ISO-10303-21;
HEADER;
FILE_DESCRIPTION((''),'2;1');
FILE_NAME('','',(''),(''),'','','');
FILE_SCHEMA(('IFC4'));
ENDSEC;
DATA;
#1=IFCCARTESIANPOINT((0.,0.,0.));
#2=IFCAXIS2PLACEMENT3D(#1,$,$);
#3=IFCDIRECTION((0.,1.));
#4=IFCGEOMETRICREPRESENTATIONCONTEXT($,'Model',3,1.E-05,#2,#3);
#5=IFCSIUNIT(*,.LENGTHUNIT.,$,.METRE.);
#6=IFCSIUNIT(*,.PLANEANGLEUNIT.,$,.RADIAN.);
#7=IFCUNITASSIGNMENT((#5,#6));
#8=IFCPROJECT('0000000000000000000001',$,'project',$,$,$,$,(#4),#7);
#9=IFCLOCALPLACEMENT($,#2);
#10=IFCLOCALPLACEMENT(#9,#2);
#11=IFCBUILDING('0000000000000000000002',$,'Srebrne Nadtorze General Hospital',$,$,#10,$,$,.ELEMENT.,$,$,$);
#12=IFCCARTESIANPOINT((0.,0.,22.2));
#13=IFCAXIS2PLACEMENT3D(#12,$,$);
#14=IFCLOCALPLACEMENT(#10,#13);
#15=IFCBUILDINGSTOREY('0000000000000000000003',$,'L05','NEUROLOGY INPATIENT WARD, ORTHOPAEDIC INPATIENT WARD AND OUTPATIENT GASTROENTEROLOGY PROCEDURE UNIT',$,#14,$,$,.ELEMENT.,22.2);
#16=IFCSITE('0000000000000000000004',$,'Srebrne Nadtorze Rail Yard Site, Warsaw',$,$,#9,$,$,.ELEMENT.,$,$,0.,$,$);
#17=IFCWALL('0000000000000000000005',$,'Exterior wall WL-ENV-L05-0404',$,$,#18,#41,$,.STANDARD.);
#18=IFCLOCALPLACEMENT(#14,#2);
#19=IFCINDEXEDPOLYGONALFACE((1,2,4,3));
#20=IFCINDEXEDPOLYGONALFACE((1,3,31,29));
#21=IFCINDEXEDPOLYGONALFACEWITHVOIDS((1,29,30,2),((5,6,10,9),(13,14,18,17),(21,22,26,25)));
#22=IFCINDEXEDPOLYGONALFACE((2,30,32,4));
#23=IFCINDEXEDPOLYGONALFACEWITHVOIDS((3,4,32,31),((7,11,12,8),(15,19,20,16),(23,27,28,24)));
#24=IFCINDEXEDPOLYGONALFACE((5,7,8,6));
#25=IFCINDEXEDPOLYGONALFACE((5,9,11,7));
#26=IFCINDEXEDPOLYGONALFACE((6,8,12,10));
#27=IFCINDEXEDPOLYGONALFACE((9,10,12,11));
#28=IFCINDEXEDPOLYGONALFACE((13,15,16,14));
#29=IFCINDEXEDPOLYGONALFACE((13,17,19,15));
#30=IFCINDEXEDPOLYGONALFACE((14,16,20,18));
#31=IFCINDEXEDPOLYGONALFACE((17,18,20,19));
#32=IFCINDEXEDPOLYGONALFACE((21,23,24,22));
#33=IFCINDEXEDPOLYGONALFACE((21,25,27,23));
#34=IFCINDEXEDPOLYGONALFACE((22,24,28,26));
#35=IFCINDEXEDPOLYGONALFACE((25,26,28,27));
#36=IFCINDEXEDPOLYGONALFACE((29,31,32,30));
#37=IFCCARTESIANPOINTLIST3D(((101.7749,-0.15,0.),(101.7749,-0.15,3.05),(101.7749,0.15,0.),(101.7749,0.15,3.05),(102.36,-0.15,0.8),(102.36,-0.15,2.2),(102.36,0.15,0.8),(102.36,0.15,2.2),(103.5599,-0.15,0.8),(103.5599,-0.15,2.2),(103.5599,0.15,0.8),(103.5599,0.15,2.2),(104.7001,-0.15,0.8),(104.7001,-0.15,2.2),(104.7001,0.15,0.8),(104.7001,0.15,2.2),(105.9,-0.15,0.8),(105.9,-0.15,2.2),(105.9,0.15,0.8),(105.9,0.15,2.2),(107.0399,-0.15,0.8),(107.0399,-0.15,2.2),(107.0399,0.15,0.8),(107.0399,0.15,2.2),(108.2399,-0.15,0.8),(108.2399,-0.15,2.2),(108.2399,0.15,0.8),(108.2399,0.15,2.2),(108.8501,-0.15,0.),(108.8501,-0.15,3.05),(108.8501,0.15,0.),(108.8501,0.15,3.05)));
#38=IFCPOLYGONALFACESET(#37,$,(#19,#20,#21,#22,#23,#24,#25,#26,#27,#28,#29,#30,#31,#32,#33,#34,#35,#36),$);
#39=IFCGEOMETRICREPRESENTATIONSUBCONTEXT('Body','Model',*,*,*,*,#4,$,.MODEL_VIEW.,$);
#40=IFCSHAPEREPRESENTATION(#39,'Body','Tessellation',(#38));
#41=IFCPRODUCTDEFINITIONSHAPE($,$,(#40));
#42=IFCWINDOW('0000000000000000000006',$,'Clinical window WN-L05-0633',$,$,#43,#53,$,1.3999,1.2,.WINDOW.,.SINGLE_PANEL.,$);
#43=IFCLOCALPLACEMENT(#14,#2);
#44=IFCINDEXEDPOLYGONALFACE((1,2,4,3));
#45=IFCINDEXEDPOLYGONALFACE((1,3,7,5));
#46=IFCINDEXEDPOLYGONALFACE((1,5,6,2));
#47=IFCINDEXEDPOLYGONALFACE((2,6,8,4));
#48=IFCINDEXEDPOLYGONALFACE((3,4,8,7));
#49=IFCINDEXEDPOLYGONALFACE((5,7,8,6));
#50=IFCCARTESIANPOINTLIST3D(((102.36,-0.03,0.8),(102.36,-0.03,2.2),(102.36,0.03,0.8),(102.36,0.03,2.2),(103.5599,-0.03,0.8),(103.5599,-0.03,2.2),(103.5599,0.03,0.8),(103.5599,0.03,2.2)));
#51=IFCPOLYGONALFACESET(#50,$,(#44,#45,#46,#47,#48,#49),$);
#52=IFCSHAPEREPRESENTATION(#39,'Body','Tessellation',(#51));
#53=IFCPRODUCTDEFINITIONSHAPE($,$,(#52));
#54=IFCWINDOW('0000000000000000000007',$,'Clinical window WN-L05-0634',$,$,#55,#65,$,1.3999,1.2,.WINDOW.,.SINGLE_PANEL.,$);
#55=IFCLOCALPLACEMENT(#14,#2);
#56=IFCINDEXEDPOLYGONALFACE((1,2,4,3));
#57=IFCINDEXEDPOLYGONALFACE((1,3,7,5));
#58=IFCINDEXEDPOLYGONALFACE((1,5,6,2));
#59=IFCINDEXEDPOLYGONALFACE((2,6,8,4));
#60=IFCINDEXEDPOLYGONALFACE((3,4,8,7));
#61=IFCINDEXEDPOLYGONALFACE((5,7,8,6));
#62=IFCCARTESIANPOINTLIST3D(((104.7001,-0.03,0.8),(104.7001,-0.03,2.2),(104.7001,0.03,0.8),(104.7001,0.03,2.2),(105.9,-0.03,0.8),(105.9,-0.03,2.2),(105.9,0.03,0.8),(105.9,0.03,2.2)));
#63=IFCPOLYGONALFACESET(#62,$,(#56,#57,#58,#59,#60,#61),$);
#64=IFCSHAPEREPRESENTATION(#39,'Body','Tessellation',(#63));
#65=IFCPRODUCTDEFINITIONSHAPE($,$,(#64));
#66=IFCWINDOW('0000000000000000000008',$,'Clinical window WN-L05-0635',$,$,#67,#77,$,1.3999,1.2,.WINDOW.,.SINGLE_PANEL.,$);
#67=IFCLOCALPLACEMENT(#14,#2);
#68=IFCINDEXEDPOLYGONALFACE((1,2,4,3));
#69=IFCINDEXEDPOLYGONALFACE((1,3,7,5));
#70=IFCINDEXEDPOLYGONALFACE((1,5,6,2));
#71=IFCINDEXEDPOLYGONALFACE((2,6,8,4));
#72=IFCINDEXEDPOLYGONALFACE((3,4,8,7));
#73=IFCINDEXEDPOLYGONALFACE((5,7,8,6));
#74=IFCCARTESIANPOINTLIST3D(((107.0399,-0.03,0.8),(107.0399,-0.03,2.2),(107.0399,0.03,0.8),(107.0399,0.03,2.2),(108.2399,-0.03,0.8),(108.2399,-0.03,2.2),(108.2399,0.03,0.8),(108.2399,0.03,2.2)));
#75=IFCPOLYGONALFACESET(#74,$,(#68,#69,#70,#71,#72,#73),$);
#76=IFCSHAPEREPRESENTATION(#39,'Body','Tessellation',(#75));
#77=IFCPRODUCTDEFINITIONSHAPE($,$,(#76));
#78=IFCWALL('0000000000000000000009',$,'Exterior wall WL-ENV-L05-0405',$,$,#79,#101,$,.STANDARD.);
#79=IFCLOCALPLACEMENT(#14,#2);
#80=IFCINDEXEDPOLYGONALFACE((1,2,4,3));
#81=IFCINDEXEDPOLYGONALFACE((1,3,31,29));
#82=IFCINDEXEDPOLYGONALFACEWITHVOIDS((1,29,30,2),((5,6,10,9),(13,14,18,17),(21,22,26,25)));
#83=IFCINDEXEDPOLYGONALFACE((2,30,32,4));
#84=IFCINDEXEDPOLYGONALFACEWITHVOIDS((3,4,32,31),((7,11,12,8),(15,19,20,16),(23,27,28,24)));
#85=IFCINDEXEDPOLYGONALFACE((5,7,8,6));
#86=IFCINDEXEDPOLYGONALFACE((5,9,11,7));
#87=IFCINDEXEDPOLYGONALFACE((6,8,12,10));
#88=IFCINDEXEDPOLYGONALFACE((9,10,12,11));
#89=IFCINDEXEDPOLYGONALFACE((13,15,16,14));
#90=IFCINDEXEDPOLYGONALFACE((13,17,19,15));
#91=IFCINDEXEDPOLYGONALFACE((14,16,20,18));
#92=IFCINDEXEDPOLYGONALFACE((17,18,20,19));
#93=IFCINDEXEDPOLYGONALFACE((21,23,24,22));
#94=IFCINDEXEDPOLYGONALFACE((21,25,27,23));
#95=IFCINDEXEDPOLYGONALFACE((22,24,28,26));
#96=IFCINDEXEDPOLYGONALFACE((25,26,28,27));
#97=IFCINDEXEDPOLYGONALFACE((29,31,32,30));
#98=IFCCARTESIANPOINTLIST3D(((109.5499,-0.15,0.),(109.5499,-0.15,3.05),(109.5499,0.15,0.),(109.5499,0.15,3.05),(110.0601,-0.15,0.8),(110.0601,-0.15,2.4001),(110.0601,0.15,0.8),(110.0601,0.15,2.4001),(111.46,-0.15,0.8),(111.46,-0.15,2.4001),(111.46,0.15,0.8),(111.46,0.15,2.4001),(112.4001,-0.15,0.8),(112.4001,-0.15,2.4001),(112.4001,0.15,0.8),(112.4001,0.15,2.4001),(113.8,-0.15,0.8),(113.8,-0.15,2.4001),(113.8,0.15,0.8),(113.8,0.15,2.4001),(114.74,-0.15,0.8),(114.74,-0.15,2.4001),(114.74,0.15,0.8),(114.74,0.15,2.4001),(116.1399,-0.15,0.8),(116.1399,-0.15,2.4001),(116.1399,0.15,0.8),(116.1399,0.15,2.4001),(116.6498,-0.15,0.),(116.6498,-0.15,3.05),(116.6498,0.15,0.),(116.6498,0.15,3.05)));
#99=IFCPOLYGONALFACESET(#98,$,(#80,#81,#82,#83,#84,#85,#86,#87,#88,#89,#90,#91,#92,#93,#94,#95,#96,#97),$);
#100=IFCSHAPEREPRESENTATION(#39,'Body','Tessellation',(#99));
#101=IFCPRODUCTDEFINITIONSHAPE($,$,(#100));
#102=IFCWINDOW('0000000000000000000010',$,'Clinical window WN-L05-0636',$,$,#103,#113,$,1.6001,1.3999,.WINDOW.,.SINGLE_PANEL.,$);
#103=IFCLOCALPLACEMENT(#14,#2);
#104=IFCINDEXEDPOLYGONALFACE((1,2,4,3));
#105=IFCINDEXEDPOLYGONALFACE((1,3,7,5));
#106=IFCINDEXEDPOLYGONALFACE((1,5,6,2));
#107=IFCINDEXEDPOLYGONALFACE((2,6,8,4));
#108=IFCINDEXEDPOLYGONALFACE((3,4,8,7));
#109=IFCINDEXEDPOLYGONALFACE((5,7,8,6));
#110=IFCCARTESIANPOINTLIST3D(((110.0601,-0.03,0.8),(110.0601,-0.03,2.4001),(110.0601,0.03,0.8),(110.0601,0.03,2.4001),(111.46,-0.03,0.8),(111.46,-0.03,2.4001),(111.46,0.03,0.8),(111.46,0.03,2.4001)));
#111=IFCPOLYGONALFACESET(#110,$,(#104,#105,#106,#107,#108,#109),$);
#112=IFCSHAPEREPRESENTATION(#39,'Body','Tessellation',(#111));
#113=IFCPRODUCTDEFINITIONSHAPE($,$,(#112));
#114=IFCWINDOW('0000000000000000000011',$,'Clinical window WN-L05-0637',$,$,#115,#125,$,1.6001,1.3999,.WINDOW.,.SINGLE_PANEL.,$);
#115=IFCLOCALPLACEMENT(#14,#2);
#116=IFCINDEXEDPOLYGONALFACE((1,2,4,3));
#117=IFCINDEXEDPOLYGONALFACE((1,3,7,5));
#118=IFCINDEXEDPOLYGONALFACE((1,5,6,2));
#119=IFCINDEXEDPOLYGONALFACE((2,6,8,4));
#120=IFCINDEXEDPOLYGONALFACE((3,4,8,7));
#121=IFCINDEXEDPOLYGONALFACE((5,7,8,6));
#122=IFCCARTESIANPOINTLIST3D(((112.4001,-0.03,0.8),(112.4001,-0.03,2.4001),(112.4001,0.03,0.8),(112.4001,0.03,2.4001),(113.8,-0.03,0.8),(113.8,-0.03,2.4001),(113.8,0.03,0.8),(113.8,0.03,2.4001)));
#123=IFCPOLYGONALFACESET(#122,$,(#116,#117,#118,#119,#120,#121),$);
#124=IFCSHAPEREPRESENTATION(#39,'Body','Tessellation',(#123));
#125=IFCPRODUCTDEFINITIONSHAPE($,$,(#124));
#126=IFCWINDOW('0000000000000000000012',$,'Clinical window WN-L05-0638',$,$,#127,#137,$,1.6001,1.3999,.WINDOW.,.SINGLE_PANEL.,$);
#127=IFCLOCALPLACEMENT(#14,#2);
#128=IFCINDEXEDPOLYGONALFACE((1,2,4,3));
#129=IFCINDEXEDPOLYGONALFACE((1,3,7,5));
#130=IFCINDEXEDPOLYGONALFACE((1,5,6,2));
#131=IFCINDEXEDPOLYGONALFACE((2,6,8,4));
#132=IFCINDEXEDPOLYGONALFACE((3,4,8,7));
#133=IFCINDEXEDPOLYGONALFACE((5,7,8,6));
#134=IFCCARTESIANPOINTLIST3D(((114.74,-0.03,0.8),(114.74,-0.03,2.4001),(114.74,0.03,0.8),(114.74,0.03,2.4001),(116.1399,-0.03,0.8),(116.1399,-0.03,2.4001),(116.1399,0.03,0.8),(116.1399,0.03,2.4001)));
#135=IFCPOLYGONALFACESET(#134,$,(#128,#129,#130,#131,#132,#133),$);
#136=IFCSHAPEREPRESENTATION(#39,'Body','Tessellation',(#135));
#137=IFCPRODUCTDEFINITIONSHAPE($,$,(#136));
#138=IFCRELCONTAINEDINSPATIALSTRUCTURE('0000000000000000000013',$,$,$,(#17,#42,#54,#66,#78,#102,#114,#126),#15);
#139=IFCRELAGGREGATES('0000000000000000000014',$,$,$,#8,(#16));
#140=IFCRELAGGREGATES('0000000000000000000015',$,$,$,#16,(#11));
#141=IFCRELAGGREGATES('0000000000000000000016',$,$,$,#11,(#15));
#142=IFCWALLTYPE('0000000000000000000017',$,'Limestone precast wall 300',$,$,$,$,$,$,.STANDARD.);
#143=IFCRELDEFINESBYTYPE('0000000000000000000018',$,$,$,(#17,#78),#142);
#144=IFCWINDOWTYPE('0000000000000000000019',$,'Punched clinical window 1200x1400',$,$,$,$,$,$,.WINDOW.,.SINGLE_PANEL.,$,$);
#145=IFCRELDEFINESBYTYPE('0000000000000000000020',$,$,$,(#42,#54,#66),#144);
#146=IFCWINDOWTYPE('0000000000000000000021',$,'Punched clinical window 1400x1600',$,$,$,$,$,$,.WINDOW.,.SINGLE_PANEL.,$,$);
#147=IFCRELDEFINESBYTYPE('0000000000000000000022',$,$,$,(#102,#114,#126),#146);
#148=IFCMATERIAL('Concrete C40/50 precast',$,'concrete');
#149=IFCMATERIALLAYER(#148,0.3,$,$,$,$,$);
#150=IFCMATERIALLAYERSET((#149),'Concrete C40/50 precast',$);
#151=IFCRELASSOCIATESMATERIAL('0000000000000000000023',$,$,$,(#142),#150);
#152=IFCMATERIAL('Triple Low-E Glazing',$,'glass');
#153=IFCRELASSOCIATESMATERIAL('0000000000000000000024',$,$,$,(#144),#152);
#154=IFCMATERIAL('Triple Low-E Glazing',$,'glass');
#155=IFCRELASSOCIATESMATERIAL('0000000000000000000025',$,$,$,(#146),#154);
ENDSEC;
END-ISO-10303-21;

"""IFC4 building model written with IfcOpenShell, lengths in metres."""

from ifc_helpers import new_model, si_unit, direction, frame, frame_2d, origin, place, context, subcontext, project, spatial, rectangle, extrude, material, layer, layer_set, type_object, element, fill, save


model = new_model("IFC4")

# Units and contexts
model_context = context("Model", 3, precision=1e-05, world=origin(), true_north=direction((0.0, 1.0)))
body_context = subcontext(model_context, "Body", "Model", "MODEL_VIEW")
ifc_project = project(units=[si_unit("LENGTHUNIT", "METRE"), si_unit("PLANEANGLEUNIT", "RADIAN")], contexts=[model_context])

# Site, building, storey
site_placement = place(None, origin())
site = spatial("IfcSite", under=ifc_project, at=site_placement, Name="Srebrne Nadtorze Rail Yard Site, Warsaw", CompositionType="ELEMENT", RefElevation=0.0)
building_placement = place(site_placement, origin())
building = spatial("IfcBuilding", under=site, at=building_placement, Name="Srebrne Nadtorze General Hospital", CompositionType="ELEMENT")
storey_placement = place(building_placement, frame((0.0, 0.0, 22.2)))
storey = spatial("IfcBuildingStorey", under=building, at=storey_placement, Name="L05", Description="NEUROLOGY INPATIENT WARD, ORTHOPAEDIC INPATIENT WARD AND OUTPATIENT GASTROENTEROLOGY PROCEDURE UNIT", CompositionType="ELEMENT", Elevation=22.2)

# Walls, openings, windows
ifc_material_1 = material(Name="Concrete C40/50 precast", Category="concrete")
ifc_layer_1 = layer(ifc_material_1, 0.3)
ifc_layer_set_1 = layer_set([ifc_layer_1], Name="Concrete C40/50 precast")
wall_type_1 = type_object("IfcWallType", Name="Limestone precast wall 300", PredefinedType="STANDARD", material=ifc_layer_set_1)
wall_1_placement = place(storey_placement, frame((101.7749, 0.0, 0.0), z_axis=(0.0, 0.0, 1.0), x_axis=(1.0, 0.0, 0.0)))
wall_1 = element("IfcWall", 1, at=wall_1_placement, inside=storey, type_object=wall_type_1, Name="Exterior wall WL-ENV-L05-0404", PredefinedType="STANDARD", context=body_context, shape_type="SweptSolid", body=[
    extrude(rectangle(XDim=7.0752, YDim=0.3, at=frame_2d((3.5376, 0.0))), origin(), (0.0, 0.0, 1.0), 3.05),
])
opening_1_placement = place(wall_1_placement, frame((0.585, 0.0, 0.8)))
opening_1 = element("IfcOpeningElement", 2, at=opening_1_placement, cuts=wall_1, PredefinedType="OPENING", context=body_context, shape_type="SweptSolid", body=[
    extrude(rectangle(XDim=1.2, YDim=1.3999, at=frame_2d((0.6001, 0.7))), frame((0.0, 0.1621, 0.0), z_axis=(0.0, -1.0, 0.0), x_axis=(1.0, 0.0, 0.0)), (0.0, 0.0, 1.0), 0.324),
])
opening_2_placement = place(wall_1_placement, frame((2.925, 0.0, 0.8)))
opening_2 = element("IfcOpeningElement", 3, at=opening_2_placement, cuts=wall_1, PredefinedType="OPENING", context=body_context, shape_type="SweptSolid", body=[
    extrude(rectangle(XDim=1.2, YDim=1.3999, at=frame_2d((0.6001, 0.7))), frame((0.0, 0.1621, 0.0), z_axis=(0.0, -1.0, 0.0), x_axis=(1.0, 0.0, 0.0)), (0.0, 0.0, 1.0), 0.324),
])
opening_3_placement = place(wall_1_placement, frame((5.2649, 0.0, 0.8)))
opening_3 = element("IfcOpeningElement", 4, at=opening_3_placement, cuts=wall_1, PredefinedType="OPENING", context=body_context, shape_type="SweptSolid", body=[
    extrude(rectangle(XDim=1.2, YDim=1.3999, at=frame_2d((0.6001, 0.7))), frame((0.0, 0.1621, 0.0), z_axis=(0.0, -1.0, 0.0), x_axis=(1.0, 0.0, 0.0)), (0.0, 0.0, 1.0), 0.324),
])
ifc_material_2 = material(Name="Triple Low-E Glazing", Category="glass")
window_type_1 = type_object("IfcWindowType", Name="Punched clinical window 1200x1400", PartitioningType="SINGLE_PANEL", PredefinedType="WINDOW", material=ifc_material_2)
window_1_placement = place(opening_1_placement, origin())
window_1 = element("IfcWindow", 5, at=window_1_placement, inside=storey, type_object=window_type_1, Name="Clinical window WN-L05-0633", OverallHeight=1.3999, OverallWidth=1.2, PartitioningType="SINGLE_PANEL", PredefinedType="WINDOW", context=body_context, shape_type="SweptSolid", body=[
    extrude(rectangle(XDim=1.2, YDim=1.3999, at=frame_2d((0.6001, 0.7))), frame((0.0, 0.03, 0.0), z_axis=(0.0, -1.0, 0.0), x_axis=(1.0, 0.0, 0.0)), (0.0, 0.0, 1.0), 0.0601),
])
fill(opening_1, window_1)
window_2_placement = place(opening_2_placement, origin())
window_2 = element("IfcWindow", 6, at=window_2_placement, inside=storey, type_object=window_type_1, Name="Clinical window WN-L05-0634", OverallHeight=1.3999, OverallWidth=1.2, PartitioningType="SINGLE_PANEL", PredefinedType="WINDOW", context=body_context, shape_type="SweptSolid", body=[
    extrude(rectangle(XDim=1.2, YDim=1.3999, at=frame_2d((0.6001, 0.7))), frame((0.0, 0.03, 0.0), z_axis=(0.0, -1.0, 0.0), x_axis=(1.0, 0.0, 0.0)), (0.0, 0.0, 1.0), 0.0601),
])
fill(opening_2, window_2)
window_3_placement = place(opening_3_placement, origin())
window_3 = element("IfcWindow", 7, at=window_3_placement, inside=storey, type_object=window_type_1, Name="Clinical window WN-L05-0635", OverallHeight=1.3999, OverallWidth=1.2, PartitioningType="SINGLE_PANEL", PredefinedType="WINDOW", context=body_context, shape_type="SweptSolid", body=[
    extrude(rectangle(XDim=1.2, YDim=1.3999, at=frame_2d((0.6001, 0.7))), frame((0.0, 0.03, 0.0), z_axis=(0.0, -1.0, 0.0), x_axis=(1.0, 0.0, 0.0)), (0.0, 0.0, 1.0), 0.0601),
])
fill(opening_3, window_3)
wall_2_placement = place(storey_placement, frame((109.55, 0.0, 0.0), z_axis=(0.0, 0.0, 1.0), x_axis=(1.0, 0.0, 0.0)))
wall_2 = element("IfcWall", 8, at=wall_2_placement, inside=storey, type_object=wall_type_1, Name="Exterior wall WL-ENV-L05-0405", PredefinedType="STANDARD", context=body_context, shape_type="SweptSolid", body=[
    extrude(rectangle(XDim=7.0999, YDim=0.3, at=frame_2d((3.5498, 0.0))), origin(), (0.0, 0.0, 1.0), 3.05),
])
opening_4_placement = place(wall_2_placement, frame((0.51, 0.0, 0.8)))
opening_4 = element("IfcOpeningElement", 9, at=opening_4_placement, cuts=wall_2, PredefinedType="OPENING", context=body_context, shape_type="SweptSolid", body=[
    extrude(rectangle(XDim=1.3999, YDim=1.6001, at=frame_2d((0.7, 0.8))), frame((0.0, 0.1621, 0.0), z_axis=(0.0, -1.0, 0.0), x_axis=(1.0, 0.0, 0.0)), (0.0, 0.0, 1.0), 0.324),
])
opening_5_placement = place(wall_2_placement, frame((2.8501, 0.0, 0.8)))
opening_5 = element("IfcOpeningElement", 10, at=opening_5_placement, cuts=wall_2, PredefinedType="OPENING", context=body_context, shape_type="SweptSolid", body=[
    extrude(rectangle(XDim=1.3999, YDim=1.6001, at=frame_2d((0.7, 0.8))), frame((0.0, 0.1621, 0.0), z_axis=(0.0, -1.0, 0.0), x_axis=(1.0, 0.0, 0.0)), (0.0, 0.0, 1.0), 0.324),
])
opening_6_placement = place(wall_2_placement, frame((5.1899, 0.0, 0.8)))
opening_6 = element("IfcOpeningElement", 11, at=opening_6_placement, cuts=wall_2, PredefinedType="OPENING", context=body_context, shape_type="SweptSolid", body=[
    extrude(rectangle(XDim=1.3999, YDim=1.6001, at=frame_2d((0.7, 0.8))), frame((0.0, 0.1621, 0.0), z_axis=(0.0, -1.0, 0.0), x_axis=(1.0, 0.0, 0.0)), (0.0, 0.0, 1.0), 0.324),
])
ifc_material_3 = material(Name="Triple Low-E Glazing", Category="glass")
window_type_2 = type_object("IfcWindowType", Name="Punched clinical window 1400x1600", PartitioningType="SINGLE_PANEL", PredefinedType="WINDOW", material=ifc_material_3)
window_4_placement = place(opening_4_placement, origin())
window_4 = element("IfcWindow", 12, at=window_4_placement, inside=storey, type_object=window_type_2, Name="Clinical window WN-L05-0636", OverallHeight=1.6001, OverallWidth=1.3999, PartitioningType="SINGLE_PANEL", PredefinedType="WINDOW", context=body_context, shape_type="SweptSolid", body=[
    extrude(rectangle(XDim=1.3999, YDim=1.6001, at=frame_2d((0.7, 0.8))), frame((0.0, 0.03, 0.0), z_axis=(0.0, -1.0, 0.0), x_axis=(1.0, 0.0, 0.0)), (0.0, 0.0, 1.0), 0.0601),
])
fill(opening_4, window_4)
window_5_placement = place(opening_5_placement, origin())
window_5 = element("IfcWindow", 13, at=window_5_placement, inside=storey, type_object=window_type_2, Name="Clinical window WN-L05-0637", OverallHeight=1.6001, OverallWidth=1.3999, PartitioningType="SINGLE_PANEL", PredefinedType="WINDOW", context=body_context, shape_type="SweptSolid", body=[
    extrude(rectangle(XDim=1.3999, YDim=1.6001, at=frame_2d((0.7, 0.8))), frame((0.0, 0.03, 0.0), z_axis=(0.0, -1.0, 0.0), x_axis=(1.0, 0.0, 0.0)), (0.0, 0.0, 1.0), 0.0601),
])
fill(opening_5, window_5)
window_6_placement = place(opening_6_placement, origin())
window_6 = element("IfcWindow", 14, at=window_6_placement, inside=storey, type_object=window_type_2, Name="Clinical window WN-L05-0638", OverallHeight=1.6001, OverallWidth=1.3999, PartitioningType="SINGLE_PANEL", PredefinedType="WINDOW", context=body_context, shape_type="SweptSolid", body=[
    extrude(rectangle(XDim=1.3999, YDim=1.6001, at=frame_2d((0.7, 0.8))), frame((0.0, 0.03, 0.0), z_axis=(0.0, -1.0, 0.0), x_axis=(1.0, 0.0, 0.0)), (0.0, 0.0, 1.0), 0.0601),
])
fill(opening_6, window_6)

save(model, "model.ifc")
